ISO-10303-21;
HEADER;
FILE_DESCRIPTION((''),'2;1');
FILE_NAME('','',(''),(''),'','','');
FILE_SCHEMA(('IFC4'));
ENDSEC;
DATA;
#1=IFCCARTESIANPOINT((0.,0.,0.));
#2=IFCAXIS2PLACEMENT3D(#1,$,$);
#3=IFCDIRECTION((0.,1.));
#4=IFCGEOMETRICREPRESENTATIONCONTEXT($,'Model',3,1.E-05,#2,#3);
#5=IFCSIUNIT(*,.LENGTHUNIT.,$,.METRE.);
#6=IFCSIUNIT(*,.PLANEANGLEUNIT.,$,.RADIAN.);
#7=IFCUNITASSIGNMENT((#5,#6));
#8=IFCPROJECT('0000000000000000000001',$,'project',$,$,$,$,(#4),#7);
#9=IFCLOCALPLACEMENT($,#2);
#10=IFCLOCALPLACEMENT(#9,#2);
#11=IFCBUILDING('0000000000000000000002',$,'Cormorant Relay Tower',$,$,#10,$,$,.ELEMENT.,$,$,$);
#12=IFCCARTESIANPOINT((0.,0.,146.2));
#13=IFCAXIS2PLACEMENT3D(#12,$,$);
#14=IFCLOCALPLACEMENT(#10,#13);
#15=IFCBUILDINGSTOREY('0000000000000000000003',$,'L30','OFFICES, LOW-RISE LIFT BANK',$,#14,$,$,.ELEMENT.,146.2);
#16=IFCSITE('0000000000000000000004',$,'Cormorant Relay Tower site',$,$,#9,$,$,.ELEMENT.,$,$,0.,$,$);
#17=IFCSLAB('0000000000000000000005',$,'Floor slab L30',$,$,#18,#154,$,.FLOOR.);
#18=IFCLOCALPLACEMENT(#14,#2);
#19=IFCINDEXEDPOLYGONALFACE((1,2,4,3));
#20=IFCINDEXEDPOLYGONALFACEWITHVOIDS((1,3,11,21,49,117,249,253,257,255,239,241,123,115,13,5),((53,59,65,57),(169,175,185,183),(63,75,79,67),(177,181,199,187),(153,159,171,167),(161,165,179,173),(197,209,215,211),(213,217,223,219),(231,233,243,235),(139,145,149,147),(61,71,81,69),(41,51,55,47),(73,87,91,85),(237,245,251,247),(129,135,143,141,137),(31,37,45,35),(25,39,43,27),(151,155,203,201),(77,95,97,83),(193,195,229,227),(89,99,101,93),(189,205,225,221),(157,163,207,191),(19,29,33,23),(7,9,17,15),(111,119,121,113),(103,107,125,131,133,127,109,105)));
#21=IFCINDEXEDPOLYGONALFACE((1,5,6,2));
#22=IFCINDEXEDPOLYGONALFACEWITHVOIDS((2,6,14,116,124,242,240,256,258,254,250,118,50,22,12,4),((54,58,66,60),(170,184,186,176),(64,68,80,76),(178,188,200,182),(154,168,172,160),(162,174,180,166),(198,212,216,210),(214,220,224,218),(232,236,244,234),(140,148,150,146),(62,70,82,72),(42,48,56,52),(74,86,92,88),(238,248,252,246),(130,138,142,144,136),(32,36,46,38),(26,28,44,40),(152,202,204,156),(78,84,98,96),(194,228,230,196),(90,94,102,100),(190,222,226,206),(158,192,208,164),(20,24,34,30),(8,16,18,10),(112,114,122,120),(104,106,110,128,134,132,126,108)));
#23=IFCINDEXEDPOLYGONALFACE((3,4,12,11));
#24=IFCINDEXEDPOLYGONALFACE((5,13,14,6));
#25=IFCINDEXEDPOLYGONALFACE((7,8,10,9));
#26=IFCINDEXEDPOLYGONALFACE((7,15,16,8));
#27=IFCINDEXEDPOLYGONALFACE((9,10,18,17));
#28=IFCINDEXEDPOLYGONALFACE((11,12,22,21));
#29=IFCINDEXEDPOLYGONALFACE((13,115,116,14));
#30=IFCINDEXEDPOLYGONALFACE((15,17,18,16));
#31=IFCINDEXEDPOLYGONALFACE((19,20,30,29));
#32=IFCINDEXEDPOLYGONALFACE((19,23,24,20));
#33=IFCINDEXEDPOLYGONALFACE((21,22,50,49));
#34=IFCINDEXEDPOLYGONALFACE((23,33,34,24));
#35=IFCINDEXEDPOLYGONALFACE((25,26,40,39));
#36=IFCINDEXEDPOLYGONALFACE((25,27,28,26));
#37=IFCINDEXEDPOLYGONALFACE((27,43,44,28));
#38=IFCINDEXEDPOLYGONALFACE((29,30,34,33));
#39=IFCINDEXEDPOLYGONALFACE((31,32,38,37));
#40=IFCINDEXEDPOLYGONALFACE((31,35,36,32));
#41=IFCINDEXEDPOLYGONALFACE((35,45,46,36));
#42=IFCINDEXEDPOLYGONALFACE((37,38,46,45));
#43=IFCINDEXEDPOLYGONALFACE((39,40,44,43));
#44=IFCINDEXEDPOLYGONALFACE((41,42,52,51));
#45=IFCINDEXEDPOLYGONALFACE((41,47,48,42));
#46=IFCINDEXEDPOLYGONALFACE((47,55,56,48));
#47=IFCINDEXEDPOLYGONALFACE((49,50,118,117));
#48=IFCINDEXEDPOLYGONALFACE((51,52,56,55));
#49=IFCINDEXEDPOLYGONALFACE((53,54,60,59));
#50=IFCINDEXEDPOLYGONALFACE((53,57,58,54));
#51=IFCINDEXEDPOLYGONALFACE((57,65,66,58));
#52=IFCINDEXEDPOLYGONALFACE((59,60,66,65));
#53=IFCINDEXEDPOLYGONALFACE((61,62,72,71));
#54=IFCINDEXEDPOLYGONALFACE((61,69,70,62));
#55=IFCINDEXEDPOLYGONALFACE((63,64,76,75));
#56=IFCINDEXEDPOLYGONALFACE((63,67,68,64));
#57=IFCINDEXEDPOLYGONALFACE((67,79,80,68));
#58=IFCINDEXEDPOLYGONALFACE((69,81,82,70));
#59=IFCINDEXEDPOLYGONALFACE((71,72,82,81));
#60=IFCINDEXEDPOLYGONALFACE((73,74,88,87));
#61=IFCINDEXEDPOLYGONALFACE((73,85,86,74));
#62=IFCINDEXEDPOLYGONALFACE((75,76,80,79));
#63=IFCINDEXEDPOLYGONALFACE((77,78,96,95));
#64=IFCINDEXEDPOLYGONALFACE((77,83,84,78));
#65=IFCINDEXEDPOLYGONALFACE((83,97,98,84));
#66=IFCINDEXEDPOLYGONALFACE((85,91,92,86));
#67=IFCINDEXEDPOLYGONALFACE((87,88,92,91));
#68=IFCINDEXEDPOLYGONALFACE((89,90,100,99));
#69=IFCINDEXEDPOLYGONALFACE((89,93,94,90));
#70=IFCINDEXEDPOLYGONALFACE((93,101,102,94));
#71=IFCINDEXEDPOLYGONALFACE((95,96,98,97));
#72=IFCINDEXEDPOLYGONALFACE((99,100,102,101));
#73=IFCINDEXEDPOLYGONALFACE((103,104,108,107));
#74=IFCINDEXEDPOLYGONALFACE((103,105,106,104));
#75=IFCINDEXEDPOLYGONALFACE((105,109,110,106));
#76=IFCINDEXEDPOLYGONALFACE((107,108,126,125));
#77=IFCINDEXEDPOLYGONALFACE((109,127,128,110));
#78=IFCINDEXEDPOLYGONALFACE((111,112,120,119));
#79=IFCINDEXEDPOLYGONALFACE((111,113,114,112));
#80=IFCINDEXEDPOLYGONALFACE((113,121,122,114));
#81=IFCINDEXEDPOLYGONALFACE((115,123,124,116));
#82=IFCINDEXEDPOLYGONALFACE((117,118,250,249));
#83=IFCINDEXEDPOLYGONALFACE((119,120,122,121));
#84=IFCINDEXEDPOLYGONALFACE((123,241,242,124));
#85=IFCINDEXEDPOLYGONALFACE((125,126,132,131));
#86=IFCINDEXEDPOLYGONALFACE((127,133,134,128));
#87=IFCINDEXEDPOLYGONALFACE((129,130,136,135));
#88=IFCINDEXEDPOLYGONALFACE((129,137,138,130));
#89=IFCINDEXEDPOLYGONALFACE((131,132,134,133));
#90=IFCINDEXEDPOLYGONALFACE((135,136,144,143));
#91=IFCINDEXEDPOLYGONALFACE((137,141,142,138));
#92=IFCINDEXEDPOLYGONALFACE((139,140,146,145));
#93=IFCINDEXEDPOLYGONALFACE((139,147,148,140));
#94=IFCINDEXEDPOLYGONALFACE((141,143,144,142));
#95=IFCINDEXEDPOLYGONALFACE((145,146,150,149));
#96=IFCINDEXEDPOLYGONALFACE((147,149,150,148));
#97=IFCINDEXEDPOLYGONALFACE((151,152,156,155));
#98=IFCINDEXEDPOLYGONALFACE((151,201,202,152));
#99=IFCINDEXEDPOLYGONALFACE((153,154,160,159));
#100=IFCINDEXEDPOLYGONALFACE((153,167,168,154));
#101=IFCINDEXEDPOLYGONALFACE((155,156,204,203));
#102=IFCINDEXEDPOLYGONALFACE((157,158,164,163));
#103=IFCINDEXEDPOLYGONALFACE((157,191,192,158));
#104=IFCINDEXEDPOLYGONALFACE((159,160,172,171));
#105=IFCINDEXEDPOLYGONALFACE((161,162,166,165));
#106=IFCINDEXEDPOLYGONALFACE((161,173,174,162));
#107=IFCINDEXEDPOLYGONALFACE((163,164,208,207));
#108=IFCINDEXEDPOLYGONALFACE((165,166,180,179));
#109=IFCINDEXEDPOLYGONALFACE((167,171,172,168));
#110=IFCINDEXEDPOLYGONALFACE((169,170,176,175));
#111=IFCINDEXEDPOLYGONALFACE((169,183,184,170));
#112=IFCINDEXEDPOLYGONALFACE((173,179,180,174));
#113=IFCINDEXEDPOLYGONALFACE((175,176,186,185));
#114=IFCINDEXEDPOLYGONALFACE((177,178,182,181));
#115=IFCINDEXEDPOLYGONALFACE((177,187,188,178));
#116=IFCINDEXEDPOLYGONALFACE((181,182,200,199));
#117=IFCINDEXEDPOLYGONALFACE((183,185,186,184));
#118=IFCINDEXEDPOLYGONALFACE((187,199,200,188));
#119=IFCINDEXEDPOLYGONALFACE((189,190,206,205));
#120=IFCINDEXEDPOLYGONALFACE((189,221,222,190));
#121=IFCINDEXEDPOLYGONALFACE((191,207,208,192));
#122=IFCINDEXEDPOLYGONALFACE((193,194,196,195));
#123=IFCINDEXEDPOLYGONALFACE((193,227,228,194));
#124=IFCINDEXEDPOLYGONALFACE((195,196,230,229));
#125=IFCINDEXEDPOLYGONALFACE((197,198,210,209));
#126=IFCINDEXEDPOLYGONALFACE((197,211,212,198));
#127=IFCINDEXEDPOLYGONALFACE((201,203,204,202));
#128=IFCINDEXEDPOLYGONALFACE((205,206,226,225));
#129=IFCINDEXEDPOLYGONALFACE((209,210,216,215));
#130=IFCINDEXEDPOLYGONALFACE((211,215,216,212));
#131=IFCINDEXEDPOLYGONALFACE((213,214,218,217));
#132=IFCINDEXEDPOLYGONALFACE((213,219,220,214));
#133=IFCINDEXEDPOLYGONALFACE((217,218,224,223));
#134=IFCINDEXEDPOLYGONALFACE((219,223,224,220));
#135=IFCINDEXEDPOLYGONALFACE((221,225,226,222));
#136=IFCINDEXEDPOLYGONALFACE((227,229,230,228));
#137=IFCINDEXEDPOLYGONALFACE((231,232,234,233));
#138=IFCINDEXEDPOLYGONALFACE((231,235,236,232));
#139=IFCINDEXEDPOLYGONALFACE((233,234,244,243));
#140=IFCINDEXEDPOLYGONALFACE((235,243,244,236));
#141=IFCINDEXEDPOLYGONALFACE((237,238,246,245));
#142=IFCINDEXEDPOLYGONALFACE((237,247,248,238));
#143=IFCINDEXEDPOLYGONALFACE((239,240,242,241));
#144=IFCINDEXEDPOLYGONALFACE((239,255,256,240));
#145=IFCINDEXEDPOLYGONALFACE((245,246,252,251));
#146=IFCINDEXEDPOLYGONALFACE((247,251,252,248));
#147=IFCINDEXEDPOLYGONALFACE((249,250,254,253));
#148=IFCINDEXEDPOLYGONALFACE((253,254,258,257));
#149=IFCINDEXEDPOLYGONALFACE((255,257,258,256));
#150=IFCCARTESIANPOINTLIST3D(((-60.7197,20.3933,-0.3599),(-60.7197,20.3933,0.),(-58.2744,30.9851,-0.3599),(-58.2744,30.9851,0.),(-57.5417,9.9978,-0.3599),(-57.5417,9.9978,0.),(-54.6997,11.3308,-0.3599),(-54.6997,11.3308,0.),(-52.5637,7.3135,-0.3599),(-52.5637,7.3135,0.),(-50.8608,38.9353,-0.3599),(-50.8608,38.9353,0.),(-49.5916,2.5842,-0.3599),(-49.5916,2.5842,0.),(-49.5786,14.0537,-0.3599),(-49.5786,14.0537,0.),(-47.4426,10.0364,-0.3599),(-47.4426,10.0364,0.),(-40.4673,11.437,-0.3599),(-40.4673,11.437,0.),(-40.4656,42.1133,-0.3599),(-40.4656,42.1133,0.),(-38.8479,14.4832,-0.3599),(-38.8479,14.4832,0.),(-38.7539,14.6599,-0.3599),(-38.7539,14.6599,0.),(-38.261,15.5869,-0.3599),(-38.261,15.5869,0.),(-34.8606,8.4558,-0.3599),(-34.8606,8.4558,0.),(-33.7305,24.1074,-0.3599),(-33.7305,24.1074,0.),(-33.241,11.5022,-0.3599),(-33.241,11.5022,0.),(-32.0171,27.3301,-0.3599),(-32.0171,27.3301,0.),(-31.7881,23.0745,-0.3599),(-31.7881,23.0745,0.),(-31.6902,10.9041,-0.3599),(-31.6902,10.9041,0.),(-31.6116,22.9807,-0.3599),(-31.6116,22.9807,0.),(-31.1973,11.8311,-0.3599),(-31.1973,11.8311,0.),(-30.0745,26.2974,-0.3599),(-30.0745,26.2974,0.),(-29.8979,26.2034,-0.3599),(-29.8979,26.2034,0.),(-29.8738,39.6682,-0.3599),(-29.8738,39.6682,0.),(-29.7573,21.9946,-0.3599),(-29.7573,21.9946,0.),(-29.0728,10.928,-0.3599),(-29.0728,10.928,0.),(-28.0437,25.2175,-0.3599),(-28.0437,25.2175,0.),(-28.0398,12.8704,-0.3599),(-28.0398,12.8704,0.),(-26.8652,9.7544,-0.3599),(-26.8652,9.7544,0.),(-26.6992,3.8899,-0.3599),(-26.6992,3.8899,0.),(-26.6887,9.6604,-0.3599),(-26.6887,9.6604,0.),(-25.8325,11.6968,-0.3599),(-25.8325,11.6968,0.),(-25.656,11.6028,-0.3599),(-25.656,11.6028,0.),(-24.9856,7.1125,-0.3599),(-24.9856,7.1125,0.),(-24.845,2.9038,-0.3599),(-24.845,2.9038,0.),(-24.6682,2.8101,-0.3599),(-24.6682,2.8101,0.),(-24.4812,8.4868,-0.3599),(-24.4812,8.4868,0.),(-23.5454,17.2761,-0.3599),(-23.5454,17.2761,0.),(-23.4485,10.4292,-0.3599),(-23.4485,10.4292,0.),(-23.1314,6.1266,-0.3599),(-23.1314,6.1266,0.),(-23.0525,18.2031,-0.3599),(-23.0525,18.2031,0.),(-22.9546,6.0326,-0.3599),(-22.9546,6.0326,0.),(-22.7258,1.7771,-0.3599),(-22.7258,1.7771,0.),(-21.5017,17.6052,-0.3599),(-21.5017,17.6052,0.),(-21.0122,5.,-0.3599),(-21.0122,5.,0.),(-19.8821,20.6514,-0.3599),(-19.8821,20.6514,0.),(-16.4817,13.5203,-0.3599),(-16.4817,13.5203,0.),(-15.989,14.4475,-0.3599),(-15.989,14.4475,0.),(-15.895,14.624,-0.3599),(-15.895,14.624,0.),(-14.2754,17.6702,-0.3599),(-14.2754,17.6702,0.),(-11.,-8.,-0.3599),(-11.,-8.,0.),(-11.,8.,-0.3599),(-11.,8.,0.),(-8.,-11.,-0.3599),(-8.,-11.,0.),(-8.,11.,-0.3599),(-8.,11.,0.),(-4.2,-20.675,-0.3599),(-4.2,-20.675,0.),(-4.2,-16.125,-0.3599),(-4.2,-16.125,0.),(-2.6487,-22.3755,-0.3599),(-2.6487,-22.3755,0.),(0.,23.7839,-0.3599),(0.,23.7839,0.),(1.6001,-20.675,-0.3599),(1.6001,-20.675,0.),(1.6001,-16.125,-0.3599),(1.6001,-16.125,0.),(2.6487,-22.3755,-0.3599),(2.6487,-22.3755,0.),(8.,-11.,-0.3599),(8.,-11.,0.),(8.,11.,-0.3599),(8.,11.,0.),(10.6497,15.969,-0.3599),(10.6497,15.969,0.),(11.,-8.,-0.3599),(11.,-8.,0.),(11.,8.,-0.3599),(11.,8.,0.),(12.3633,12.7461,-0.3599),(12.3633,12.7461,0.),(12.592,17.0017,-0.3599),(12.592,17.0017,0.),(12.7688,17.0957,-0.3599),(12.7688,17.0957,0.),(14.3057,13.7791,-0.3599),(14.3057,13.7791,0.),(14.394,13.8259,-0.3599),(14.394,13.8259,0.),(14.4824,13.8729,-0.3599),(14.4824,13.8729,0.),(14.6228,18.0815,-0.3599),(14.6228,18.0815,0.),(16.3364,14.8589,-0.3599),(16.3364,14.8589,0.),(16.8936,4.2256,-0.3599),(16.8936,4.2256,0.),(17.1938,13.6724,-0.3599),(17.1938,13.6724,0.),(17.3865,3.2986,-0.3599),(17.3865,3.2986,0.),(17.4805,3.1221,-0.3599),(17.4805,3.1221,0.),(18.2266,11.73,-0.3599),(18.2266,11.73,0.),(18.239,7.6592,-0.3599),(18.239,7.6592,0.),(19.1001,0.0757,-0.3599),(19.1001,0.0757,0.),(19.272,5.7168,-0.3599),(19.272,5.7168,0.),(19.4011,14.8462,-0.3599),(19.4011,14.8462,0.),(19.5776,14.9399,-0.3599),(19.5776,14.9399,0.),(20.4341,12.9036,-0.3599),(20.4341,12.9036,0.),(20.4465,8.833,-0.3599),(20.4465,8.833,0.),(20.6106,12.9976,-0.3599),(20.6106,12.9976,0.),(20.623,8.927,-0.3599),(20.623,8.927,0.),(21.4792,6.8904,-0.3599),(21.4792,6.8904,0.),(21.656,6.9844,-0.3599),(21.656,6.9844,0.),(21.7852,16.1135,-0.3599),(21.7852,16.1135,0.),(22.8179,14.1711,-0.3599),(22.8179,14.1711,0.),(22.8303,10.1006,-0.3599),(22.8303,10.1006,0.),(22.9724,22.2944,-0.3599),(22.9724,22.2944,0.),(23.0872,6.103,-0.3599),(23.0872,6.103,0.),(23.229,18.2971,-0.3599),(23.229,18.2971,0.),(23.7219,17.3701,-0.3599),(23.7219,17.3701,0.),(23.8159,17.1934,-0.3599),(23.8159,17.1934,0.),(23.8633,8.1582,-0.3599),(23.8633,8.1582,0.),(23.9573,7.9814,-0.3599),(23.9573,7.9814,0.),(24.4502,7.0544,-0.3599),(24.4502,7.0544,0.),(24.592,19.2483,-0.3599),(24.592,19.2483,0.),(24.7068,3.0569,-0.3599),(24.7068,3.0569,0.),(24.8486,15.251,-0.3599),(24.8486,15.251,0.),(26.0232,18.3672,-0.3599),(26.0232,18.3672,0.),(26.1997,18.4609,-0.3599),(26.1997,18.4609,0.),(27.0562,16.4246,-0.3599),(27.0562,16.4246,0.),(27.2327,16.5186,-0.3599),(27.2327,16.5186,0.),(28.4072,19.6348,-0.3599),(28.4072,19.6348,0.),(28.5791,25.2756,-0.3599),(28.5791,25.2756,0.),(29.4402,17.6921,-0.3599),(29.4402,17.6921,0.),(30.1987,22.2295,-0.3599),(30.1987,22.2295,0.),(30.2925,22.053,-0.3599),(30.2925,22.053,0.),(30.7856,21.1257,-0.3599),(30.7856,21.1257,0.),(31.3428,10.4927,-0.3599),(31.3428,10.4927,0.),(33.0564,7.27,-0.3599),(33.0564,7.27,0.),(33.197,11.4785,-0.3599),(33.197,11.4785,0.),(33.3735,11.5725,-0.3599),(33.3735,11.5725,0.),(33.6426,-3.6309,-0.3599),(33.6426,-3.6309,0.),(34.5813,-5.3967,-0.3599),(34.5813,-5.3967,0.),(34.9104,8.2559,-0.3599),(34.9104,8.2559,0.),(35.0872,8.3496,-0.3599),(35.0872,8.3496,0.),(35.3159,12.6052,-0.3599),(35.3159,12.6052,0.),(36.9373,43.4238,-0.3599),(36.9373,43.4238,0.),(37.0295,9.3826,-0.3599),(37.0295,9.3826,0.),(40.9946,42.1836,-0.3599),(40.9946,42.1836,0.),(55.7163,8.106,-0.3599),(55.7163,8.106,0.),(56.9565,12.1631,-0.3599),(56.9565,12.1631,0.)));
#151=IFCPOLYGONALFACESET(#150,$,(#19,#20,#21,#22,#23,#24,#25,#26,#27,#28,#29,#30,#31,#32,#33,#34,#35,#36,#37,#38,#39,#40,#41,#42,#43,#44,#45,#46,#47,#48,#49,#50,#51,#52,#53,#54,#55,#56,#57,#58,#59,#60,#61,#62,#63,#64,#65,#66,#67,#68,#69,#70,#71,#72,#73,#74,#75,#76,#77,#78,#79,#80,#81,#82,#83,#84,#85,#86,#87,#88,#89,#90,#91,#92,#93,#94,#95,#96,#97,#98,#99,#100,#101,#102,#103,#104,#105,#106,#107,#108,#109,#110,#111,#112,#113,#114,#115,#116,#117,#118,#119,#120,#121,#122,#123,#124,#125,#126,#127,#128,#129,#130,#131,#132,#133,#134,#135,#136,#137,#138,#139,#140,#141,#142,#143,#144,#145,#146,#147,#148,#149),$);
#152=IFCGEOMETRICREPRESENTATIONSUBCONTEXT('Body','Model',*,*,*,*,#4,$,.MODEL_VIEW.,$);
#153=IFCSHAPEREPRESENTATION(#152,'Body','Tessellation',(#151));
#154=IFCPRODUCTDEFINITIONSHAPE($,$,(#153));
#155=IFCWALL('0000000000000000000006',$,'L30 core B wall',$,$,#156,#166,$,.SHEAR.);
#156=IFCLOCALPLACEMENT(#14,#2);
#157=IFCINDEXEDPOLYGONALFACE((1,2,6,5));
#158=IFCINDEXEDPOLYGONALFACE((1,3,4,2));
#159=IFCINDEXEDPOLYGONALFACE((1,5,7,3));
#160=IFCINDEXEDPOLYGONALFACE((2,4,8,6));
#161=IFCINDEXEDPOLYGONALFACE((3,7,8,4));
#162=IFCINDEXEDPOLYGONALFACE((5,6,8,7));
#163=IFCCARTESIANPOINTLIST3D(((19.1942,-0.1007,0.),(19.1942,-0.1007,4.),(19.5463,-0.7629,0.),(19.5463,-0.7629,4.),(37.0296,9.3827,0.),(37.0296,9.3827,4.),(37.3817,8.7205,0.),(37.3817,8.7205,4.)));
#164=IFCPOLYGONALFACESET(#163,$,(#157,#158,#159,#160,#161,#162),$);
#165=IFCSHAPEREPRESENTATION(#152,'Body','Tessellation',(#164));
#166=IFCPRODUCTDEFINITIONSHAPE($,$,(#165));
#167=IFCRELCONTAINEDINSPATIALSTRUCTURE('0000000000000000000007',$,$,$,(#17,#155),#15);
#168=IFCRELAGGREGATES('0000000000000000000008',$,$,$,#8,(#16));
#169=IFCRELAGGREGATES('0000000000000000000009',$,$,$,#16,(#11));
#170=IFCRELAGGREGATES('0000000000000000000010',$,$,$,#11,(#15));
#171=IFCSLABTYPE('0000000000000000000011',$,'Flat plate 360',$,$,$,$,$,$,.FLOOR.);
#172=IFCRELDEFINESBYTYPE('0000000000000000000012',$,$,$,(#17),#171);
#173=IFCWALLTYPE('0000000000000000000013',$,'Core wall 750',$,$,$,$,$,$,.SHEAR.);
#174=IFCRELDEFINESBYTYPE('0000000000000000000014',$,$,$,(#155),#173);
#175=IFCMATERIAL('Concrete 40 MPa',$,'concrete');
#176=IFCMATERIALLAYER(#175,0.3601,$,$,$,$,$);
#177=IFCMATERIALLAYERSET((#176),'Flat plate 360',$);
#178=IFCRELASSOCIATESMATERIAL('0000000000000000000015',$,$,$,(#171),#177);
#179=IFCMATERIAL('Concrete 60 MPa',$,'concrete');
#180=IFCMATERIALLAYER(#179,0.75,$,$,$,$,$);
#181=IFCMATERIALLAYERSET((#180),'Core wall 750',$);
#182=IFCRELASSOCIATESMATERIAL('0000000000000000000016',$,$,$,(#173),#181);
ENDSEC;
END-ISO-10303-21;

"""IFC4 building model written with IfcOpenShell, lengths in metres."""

from ifc_helpers import new_model, si_unit, direction, frame, frame_2d, origin, place, context, subcontext, project, spatial, polyline, rectangle, outline, extrude, material, layer, layer_set, type_object, element, save


model = new_model("IFC4")

# Units and contexts
model_context = context("Model", 3, precision=1e-05, world=origin(), true_north=direction((0.0, 1.0)))
body_context = subcontext(model_context, "Body", "Model", "MODEL_VIEW")
ifc_project = project(units=[si_unit("LENGTHUNIT", "METRE"), si_unit("PLANEANGLEUNIT", "RADIAN")], contexts=[model_context])

# Site, building, storey
site_placement = place(None, origin())
site = spatial("IfcSite", under=ifc_project, at=site_placement, Name="Cormorant Relay Tower site", CompositionType="ELEMENT", RefElevation=0.0)
building_placement = place(site_placement, origin())
building = spatial("IfcBuilding", under=site, at=building_placement, Name="Cormorant Relay Tower", CompositionType="ELEMENT")
storey_placement = place(building_placement, frame((0.0, 0.0, 146.2)))
storey = spatial("IfcBuildingStorey", under=building, at=storey_placement, Name="L30", Description="OFFICES, LOW-RISE LIFT BANK", CompositionType="ELEMENT", Elevation=146.2)

# Slab
ifc_material_1 = material(Name="Concrete 40 MPa", Category="concrete")
ifc_layer_1 = layer(ifc_material_1, 0.3601)
ifc_layer_set_1 = layer_set([ifc_layer_1], Name="Flat plate 360")
slab_type_1 = type_object("IfcSlabType", Name="Flat plate 360", PredefinedType="FLOOR", material=ifc_layer_set_1)
slab_1_placement = place(storey_placement, frame((0.0, 0.0, -0.3599)))
element("IfcSlab", 1, at=slab_1_placement, inside=storey, type_object=slab_type_1, Name="Floor slab L30", PredefinedType="FLOOR", context=body_context, shape_type="SweptSolid", body=[
    extrude(outline(polyline([(-60.7197, 20.3933), (-58.2744, 30.9851), (-50.8608, 38.9353), (-40.4656, 42.1133), (-29.8738, 39.6682), (0.0, 23.7839), (36.9373, 43.4238), (40.9946, 42.1836), (56.9565, 12.1631), (55.7163, 8.106), (33.6426, -3.6309), (34.5813, -5.3967), (2.6487, -22.3755), (-2.6487, -22.3755), (-49.5916, 2.5842), (-57.5417, 9.9978), (-60.7197, 20.3933)]), holes=[polyline([(11.0, -8.0), (11.0, 8.0), (8.0, 11.0), (-8.0, 11.0), (-11.0, 8.0), (-11.0, -8.0), (-8.0, -11.0), (8.0, -11.0), (11.0, -8.0)]), polyline([(-4.2, -16.125), (-4.2, -20.675), (1.6001, -20.675), (1.6001, -16.125), (-4.2, -16.125)]), polyline([(-22.9546, 6.0327), (-24.6682, 2.8101), (-22.7258, 1.7771), (-21.0122, 5.0), (-23.043, 6.0796), (-22.9546, 6.0327)]), polyline([(-24.9856, 7.1125), (-26.6992, 3.8899), (-24.845, 2.9038), (-23.1313, 6.1267), (-23.043, 6.0796), (-24.9856, 7.1125)]), polyline([(-24.4812, 8.4868), (-23.4485, 10.4292), (-25.656, 11.6028), (-26.6887, 9.6604), (-24.4812, 8.4868)]), polyline([(-49.5786, 14.0537), (-54.6997, 11.3308), (-52.5637, 7.3135), (-47.4426, 10.0364), (-49.5786, 14.0537)]), polyline([(-25.8325, 11.6968), (-28.0398, 12.8704), (-29.0728, 10.928), (-26.8652, 9.7544), (-25.8325, 11.6968)]), polyline([(-38.8479, 14.4832), (-40.4673, 11.437), (-34.8606, 8.4558), (-33.241, 11.5022), (-38.8479, 14.4832)]), polyline([(-38.261, 15.5869), (-38.7539, 14.6599), (-31.6902, 10.9041), (-31.1973, 11.8311), (-38.261, 15.5869)]), polyline([(14.3057, 13.7791), (12.592, 17.0017), (10.6497, 15.969), (12.3633, 12.7461), (14.394, 13.8259), (14.3057, 13.7791)]), polyline([(16.3364, 14.8589), (14.6228, 18.0815), (12.7688, 17.0957), (14.4824, 13.8728), (14.394, 13.8259), (16.3364, 14.8589)]), polyline([(-16.4817, 13.5203), (-15.989, 14.4475), (-23.0525, 18.2031), (-23.5454, 17.2761), (-16.4817, 13.5203)]), polyline([(-21.5017, 17.6052), (-15.895, 14.624), (-14.2754, 17.6702), (-19.8821, 20.6514), (-21.5017, 17.6052)]), polyline([(-31.6116, 22.9807), (-29.7573, 21.9946), (-28.0437, 25.2175), (-29.8979, 26.2034), (-31.6116, 22.9807)]), polyline([(-32.0171, 27.3301), (-33.7305, 24.1074), (-31.7881, 23.0745), (-30.0745, 26.2974), (-32.0171, 27.3301)]), polyline([(17.4805, 3.1221), (19.1001, 0.0757), (24.7068, 3.0569), (23.0872, 6.103), (17.4805, 3.1221)]), polyline([(16.8936, 4.2256), (17.3865, 3.2986), (24.4502, 7.0544), (23.9573, 7.9814), (16.8936, 4.2256)]), polyline([(20.4465, 8.833), (18.239, 7.6592), (19.272, 5.7168), (21.4792, 6.8904), (20.4465, 8.833)]), polyline([(21.656, 6.9844), (23.8633, 8.1582), (22.8303, 10.1006), (20.623, 8.927), (21.656, 6.9844)]), polyline([(33.197, 11.4785), (31.3428, 10.4927), (33.0564, 7.27), (34.9104, 8.2559), (33.197, 11.4785)]), polyline([(33.3735, 11.5725), (35.0872, 8.3496), (37.0295, 9.3826), (35.3159, 12.6052), (33.3735, 11.5725)]), polyline([(17.1938, 13.6724), (18.2266, 11.73), (20.4341, 12.9036), (19.4011, 14.8462), (17.1938, 13.6724)]), polyline([(20.6106, 12.9976), (22.8179, 14.1711), (21.7852, 16.1135), (19.5776, 14.9399), (20.6106, 12.9976)]), polyline([(26.0232, 18.3672), (23.8159, 17.1934), (24.8486, 15.251), (27.0562, 16.4246), (26.0232, 18.3672)]), polyline([(29.4402, 17.6921), (28.4072, 19.6348), (26.1997, 18.4609), (27.2327, 16.5186), (29.4402, 17.6921)]), polyline([(30.7856, 21.1257), (30.2925, 22.053), (23.229, 18.2971), (23.7219, 17.3701), (30.7856, 21.1257)]), polyline([(24.592, 19.2483), (30.1987, 22.2295), (28.5791, 25.2756), (22.9724, 22.2944), (24.592, 19.2483)])]), origin(), (0.0, 0.0, 1.0), 0.3599),
])

# Shared definitions
ifc_material_2 = material(Name="Concrete 60 MPa", Category="concrete")
ifc_layer_2 = layer(ifc_material_2, 0.75)
ifc_layer_set_2 = layer_set([ifc_layer_2], Name="Core wall 750")
wall_type_1 = type_object("IfcWallType", Name="Core wall 750", PredefinedType="SHEAR", material=ifc_layer_set_2)

# Wall
wall_1_placement = place(storey_placement, frame((19.3701, -0.4319, 0.0), z_axis=(0.0, 0.0, 1.0), x_axis=(0.882945, 0.469476, 0.0)))
element("IfcWall", 2, at=wall_1_placement, inside=storey, type_object=wall_type_1, Name="L30 core B wall", PredefinedType="SHEAR", context=body_context, shape_type="SweptSolid", body=[
    extrude(rectangle(XDim=20.2, YDim=0.75, at=frame_2d((10.1001, 0.0))), origin(), (0.0, 0.0, 1.0), 4.0),
])

save(model, "model.ifc")
